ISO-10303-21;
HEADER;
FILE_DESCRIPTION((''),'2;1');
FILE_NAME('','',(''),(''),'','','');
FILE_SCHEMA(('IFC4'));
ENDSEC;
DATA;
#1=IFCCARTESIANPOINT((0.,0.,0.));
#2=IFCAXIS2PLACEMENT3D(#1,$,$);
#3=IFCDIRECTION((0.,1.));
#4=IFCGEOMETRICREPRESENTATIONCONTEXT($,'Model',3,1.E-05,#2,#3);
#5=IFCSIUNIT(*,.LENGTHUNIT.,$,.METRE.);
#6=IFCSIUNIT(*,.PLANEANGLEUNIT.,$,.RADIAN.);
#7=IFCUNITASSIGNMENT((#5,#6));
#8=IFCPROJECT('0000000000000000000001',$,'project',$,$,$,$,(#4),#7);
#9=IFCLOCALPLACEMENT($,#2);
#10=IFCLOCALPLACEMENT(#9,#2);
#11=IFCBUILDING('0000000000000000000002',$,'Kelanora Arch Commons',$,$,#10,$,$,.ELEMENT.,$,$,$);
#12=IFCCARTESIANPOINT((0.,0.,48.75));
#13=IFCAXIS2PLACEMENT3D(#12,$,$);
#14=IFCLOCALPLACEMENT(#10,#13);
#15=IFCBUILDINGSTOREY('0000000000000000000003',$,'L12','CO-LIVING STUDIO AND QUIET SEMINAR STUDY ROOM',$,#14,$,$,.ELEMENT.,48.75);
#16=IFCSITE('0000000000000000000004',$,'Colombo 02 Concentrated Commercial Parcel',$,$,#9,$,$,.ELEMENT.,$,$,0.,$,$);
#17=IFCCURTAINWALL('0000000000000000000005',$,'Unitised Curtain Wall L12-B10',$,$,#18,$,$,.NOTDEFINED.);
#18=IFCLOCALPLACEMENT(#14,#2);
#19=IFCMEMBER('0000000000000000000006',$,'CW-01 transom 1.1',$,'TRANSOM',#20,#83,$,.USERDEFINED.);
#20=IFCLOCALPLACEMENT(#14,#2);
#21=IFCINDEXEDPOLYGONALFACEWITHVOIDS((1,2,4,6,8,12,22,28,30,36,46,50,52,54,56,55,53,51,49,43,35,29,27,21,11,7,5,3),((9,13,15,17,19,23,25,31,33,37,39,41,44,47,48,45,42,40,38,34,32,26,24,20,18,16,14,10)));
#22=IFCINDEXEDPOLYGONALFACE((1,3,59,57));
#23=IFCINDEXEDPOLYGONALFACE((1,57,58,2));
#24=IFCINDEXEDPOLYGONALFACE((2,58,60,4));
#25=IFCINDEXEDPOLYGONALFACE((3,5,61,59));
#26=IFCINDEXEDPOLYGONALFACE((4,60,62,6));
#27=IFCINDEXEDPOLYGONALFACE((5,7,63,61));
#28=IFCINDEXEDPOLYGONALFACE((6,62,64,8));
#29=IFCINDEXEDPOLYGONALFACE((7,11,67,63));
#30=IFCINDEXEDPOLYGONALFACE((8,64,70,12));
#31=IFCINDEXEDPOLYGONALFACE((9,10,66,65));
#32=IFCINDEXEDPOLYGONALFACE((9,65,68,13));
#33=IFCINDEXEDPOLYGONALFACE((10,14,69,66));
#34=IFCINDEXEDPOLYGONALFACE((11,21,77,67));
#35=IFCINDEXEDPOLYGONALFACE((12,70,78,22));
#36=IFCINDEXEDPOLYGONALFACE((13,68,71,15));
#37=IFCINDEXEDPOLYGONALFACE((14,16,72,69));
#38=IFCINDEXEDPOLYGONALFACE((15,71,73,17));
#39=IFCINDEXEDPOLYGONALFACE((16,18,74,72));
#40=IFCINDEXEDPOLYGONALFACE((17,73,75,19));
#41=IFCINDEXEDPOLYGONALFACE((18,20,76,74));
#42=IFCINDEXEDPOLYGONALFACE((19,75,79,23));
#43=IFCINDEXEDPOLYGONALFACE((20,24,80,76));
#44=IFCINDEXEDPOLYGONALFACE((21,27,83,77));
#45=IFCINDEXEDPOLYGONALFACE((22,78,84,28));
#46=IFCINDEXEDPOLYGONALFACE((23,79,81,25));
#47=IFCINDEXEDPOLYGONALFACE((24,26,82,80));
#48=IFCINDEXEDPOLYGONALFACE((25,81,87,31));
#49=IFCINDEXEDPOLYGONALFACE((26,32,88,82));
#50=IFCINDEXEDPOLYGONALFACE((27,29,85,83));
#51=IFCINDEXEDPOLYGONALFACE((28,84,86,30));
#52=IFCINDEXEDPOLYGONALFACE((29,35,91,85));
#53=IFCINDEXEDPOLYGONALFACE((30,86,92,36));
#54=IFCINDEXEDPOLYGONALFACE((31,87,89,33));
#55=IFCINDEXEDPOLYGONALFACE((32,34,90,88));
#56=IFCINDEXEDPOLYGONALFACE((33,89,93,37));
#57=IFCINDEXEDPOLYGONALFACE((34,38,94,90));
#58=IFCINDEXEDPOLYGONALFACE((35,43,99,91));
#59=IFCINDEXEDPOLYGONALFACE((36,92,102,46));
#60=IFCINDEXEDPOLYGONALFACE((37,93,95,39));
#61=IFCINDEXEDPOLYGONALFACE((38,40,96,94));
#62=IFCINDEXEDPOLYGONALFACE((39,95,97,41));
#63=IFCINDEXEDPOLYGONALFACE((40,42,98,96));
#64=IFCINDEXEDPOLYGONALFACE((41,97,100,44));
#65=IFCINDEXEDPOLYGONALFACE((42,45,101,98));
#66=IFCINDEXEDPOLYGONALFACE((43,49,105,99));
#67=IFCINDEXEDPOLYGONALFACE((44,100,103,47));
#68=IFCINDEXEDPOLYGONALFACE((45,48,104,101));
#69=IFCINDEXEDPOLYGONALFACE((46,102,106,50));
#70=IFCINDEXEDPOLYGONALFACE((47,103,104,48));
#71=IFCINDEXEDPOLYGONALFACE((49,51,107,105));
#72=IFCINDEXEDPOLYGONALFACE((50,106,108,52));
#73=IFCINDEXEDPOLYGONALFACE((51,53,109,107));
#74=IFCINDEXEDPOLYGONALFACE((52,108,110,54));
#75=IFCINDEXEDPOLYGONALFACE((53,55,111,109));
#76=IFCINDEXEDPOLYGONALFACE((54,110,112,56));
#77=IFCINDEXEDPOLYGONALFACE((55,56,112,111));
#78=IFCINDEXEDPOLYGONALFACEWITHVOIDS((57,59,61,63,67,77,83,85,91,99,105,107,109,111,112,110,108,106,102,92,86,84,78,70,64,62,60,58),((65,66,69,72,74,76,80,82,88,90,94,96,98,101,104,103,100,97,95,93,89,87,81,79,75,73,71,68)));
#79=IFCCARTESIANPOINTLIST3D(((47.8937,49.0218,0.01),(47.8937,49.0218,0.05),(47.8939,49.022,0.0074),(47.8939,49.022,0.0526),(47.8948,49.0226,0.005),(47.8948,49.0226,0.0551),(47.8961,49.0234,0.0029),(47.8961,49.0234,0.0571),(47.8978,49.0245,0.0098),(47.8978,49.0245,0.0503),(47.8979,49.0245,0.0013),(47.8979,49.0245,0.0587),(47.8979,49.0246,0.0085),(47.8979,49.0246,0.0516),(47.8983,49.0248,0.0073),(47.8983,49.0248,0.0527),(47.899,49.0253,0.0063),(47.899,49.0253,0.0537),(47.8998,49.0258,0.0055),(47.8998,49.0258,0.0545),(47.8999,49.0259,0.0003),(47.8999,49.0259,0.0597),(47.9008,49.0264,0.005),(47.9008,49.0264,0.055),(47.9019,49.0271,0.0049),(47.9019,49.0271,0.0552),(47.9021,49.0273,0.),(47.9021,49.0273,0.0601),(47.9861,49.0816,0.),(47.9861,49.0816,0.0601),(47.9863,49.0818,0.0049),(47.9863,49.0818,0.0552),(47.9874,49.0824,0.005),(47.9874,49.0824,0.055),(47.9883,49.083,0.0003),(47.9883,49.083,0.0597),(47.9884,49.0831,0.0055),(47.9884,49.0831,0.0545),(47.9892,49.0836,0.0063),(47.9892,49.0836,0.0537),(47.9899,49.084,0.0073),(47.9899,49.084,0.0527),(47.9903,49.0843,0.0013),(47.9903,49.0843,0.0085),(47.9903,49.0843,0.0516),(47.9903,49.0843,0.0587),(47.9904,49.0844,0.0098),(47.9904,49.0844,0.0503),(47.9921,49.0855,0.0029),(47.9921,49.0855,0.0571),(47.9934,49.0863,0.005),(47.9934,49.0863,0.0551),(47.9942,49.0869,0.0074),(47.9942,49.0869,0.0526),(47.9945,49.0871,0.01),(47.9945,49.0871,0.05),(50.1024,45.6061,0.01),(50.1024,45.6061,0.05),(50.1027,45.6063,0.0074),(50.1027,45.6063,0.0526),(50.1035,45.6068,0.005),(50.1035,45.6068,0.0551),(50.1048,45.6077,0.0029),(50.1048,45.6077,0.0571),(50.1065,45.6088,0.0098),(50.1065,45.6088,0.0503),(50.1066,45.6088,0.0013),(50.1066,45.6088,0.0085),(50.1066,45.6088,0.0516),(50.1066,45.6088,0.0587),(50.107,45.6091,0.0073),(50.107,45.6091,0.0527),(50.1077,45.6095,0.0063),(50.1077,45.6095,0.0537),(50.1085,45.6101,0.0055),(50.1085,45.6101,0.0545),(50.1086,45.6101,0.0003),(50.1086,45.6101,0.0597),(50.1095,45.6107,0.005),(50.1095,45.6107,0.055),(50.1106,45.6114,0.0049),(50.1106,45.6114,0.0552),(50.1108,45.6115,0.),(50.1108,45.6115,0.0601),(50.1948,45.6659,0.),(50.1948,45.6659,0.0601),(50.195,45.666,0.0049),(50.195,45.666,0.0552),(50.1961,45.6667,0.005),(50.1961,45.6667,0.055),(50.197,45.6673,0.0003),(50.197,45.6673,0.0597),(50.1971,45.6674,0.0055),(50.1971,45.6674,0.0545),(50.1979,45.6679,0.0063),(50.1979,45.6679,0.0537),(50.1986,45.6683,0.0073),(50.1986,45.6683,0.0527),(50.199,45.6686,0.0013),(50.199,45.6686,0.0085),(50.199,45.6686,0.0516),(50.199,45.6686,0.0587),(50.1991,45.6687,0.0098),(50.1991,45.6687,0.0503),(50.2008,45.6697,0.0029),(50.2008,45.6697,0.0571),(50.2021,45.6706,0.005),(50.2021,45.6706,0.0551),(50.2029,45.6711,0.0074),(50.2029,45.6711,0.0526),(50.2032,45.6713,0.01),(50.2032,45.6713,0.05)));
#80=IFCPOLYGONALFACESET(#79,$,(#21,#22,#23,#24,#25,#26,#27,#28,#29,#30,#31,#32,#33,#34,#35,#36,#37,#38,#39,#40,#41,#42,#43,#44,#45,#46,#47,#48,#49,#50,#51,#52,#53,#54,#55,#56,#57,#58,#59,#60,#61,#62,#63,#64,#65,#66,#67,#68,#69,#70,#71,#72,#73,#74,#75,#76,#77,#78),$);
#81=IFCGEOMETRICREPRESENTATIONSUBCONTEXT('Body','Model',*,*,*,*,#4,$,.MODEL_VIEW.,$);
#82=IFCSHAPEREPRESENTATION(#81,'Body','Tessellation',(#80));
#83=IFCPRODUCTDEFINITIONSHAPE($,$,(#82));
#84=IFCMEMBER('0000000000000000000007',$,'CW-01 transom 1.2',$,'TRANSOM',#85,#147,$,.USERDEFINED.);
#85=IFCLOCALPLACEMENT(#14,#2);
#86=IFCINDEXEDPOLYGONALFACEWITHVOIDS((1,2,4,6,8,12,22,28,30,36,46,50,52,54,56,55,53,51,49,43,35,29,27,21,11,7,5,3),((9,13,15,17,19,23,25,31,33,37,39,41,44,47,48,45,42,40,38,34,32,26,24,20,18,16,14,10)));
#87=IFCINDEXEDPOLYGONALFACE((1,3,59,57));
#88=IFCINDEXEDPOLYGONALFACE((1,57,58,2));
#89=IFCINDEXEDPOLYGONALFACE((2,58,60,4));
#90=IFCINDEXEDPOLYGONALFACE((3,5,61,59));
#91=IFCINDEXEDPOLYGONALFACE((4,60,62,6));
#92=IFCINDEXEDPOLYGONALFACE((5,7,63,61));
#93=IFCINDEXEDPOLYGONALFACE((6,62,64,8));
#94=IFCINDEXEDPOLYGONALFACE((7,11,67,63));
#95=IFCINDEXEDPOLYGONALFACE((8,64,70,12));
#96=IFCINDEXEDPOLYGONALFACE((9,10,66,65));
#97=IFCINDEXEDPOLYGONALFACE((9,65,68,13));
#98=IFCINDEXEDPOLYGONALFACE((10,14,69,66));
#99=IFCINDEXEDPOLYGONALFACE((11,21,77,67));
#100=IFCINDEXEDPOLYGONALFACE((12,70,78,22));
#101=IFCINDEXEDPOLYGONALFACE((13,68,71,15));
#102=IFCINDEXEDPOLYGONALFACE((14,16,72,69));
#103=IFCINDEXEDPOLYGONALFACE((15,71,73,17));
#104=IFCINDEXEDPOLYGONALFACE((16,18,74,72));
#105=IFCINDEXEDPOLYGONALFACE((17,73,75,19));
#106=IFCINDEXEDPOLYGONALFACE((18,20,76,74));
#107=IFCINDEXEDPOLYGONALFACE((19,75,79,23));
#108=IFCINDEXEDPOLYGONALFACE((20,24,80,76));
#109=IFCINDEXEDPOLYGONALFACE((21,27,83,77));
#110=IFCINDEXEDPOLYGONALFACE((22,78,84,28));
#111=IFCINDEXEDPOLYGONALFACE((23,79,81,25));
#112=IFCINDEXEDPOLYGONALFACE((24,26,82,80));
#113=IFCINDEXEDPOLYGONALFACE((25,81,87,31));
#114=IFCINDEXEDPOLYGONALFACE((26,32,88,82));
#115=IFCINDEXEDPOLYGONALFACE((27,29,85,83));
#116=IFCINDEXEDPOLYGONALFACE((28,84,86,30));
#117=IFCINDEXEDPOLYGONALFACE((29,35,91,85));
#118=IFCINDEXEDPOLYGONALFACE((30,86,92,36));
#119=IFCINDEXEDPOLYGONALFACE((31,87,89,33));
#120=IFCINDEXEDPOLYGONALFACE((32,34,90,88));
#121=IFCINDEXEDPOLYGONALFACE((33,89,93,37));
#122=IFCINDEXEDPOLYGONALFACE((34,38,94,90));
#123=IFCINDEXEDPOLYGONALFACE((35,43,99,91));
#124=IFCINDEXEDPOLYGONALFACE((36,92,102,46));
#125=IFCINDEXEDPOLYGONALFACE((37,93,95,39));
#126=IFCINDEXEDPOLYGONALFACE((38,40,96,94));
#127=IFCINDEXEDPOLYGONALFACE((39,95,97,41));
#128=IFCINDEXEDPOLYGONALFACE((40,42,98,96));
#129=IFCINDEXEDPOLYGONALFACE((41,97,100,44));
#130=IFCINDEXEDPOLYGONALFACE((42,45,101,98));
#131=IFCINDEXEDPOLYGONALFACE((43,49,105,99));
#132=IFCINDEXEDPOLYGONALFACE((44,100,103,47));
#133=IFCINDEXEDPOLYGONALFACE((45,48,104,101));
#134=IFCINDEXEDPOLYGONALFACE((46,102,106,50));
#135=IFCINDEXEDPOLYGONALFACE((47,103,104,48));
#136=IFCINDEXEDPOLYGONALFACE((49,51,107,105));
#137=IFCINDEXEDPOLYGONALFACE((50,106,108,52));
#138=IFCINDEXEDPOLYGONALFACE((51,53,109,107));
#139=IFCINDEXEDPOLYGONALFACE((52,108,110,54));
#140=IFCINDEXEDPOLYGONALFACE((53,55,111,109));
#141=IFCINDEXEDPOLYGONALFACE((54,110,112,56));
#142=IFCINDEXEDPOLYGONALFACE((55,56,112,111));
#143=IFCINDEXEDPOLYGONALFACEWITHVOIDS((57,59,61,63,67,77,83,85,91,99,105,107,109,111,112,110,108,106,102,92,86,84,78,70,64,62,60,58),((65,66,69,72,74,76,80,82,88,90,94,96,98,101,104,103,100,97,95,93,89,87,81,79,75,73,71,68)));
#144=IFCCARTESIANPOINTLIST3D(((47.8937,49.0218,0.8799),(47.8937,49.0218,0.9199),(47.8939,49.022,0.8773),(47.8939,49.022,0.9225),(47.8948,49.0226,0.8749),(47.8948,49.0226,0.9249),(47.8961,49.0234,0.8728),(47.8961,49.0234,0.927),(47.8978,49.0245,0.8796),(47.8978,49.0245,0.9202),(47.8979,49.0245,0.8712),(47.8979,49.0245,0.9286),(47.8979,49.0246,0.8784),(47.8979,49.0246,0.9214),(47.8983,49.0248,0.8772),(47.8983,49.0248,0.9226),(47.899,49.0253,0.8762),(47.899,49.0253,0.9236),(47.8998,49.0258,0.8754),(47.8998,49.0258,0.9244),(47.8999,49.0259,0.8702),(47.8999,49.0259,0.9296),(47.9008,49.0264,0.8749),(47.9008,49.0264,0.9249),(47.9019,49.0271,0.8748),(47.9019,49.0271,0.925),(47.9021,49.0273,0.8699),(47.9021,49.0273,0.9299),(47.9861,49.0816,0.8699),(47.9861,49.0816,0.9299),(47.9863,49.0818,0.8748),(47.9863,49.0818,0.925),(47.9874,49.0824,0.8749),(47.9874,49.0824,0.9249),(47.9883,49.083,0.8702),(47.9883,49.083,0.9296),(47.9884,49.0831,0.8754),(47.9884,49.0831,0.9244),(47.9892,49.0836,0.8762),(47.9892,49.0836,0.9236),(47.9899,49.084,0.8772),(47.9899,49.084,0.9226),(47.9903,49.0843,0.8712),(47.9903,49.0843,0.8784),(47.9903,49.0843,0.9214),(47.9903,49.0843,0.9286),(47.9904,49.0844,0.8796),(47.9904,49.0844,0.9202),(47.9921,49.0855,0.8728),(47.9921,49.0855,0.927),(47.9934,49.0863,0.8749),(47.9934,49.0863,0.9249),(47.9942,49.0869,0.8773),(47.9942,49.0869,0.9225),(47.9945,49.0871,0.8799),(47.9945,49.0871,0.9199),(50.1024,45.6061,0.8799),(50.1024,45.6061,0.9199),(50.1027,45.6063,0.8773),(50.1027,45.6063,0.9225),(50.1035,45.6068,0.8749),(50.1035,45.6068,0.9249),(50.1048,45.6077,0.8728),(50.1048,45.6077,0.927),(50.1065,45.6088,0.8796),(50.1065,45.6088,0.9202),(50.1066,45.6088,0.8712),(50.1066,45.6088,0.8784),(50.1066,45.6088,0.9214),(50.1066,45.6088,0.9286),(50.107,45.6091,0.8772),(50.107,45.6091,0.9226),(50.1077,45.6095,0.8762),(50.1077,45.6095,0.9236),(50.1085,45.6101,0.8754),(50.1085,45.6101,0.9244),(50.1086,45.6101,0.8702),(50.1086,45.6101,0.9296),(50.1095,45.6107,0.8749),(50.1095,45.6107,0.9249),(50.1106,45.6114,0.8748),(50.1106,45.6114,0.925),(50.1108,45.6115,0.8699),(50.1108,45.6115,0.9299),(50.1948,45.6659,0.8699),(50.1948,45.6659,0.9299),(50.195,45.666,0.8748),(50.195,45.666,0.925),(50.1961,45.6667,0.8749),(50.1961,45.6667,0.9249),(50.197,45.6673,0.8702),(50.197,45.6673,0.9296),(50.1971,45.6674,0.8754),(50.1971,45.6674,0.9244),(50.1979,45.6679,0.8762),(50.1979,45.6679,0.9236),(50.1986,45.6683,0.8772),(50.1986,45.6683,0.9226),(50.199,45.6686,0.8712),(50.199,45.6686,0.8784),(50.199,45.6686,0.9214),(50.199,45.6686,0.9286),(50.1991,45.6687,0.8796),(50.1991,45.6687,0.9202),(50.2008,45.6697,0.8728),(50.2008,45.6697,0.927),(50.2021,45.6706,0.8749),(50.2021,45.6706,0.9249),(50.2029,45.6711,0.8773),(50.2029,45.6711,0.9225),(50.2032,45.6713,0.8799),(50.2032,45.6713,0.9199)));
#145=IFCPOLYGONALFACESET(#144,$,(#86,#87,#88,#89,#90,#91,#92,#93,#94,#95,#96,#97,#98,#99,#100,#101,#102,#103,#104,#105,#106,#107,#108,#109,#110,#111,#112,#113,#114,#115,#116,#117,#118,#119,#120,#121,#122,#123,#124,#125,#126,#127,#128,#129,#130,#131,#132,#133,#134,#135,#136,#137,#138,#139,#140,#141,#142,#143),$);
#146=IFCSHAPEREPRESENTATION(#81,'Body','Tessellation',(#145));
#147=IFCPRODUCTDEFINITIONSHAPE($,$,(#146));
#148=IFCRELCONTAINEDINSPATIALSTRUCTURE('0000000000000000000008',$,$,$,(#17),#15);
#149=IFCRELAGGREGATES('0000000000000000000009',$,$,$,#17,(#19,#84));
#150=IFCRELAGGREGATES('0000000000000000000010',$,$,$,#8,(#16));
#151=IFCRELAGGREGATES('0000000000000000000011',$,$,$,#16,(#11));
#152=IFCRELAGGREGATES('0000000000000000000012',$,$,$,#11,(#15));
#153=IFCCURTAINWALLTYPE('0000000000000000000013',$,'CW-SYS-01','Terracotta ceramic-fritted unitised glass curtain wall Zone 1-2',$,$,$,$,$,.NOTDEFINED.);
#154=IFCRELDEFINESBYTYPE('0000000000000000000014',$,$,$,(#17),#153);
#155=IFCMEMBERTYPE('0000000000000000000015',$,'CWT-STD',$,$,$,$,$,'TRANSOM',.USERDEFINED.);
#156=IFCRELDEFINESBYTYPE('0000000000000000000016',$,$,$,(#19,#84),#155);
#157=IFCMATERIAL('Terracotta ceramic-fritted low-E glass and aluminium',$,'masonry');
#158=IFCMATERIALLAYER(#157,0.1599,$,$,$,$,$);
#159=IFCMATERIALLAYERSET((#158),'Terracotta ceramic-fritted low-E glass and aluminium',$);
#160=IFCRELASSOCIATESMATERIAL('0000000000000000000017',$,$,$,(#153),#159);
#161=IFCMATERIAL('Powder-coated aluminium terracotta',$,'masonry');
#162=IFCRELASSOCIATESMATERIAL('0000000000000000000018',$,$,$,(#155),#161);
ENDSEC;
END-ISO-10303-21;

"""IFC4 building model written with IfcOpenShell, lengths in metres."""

from ifc_helpers import new_model, si_unit, direction, frame, origin, origin_2d, place, context, subcontext, project, spatial, hollow_rectangle, extrude, material, layer, layer_set, material_profile, profile_set, type_object, element, aggregate, save


model = new_model("IFC4")

# Units and contexts
model_context = context("Model", 3, precision=1e-05, world=origin(), true_north=direction((0.0, 1.0)))
body_context = subcontext(model_context, "Body", "Model", "MODEL_VIEW")
ifc_project = project(units=[si_unit("LENGTHUNIT", "METRE"), si_unit("PLANEANGLEUNIT", "RADIAN")], contexts=[model_context])

# Site, building, storey
site_placement = place(None, origin())
site = spatial("IfcSite", under=ifc_project, at=site_placement, Name="Colombo 02 Concentrated Commercial Parcel", CompositionType="ELEMENT", RefElevation=0.0)
building_placement = place(site_placement, origin())
building = spatial("IfcBuilding", under=site, at=building_placement, Name="Kelanora Arch Commons", CompositionType="ELEMENT")
storey_placement = place(building_placement, frame((0.0, 0.0, 48.75)))
storey = spatial("IfcBuildingStorey", under=building, at=storey_placement, Name="L12", Description="CO-LIVING STUDIO AND QUIET SEMINAR STUDY ROOM", CompositionType="ELEMENT", Elevation=48.75)

# Shared definitions
ifc_material_1 = material(Name="Terracotta ceramic-fritted low-E glass and aluminium", Category="masonry")
ifc_layer_1 = layer(ifc_material_1, 0.1599)
ifc_layer_set_1 = layer_set([ifc_layer_1], Name="Terracotta ceramic-fritted low-E glass and aluminium")
curtain_wall_type = type_object("IfcCurtainWallType", Name="CW-SYS-01", Description="Terracotta ceramic-fritted unitised glass curtain wall Zone 1-2", PredefinedType="NOTDEFINED", material=ifc_layer_set_1)
ifc_material_2 = material(Name="Powder-coated aluminium terracotta", Category="masonry")

# Curtain wall, members
curtain_wall_1_placement = place(storey_placement, origin())
curtain_wall_1 = element("IfcCurtainWall", 1, at=curtain_wall_1_placement, inside=storey, type_object=curtain_wall_type, Name="Unitised Curtain Wall L12-B10", PredefinedType="NOTDEFINED")
ifc_material_profile_1 = material_profile(ifc_material_2, hollow_rectangle(XDim=0.1201, YDim=0.0601, WallThickness=0.0049, InnerFilletRadius=0.0049, OuterFilletRadius=0.01, at=origin_2d()), Name="CWT120x60")
ifc_profile_set_1 = profile_set([ifc_material_profile_1], Name="Powder-coated aluminium terracotta")
member_type_1 = type_object("IfcMemberType", Name="CWT-STD", ElementType="TRANSOM", PredefinedType="USERDEFINED", material=ifc_profile_set_1)
member_1_placement = place(storey_placement, frame((47.9441, 49.0544, 0.03), z_axis=(0.542997, -0.839734, 0.0), x_axis=(0.839734, 0.542997, 0.0)))
member_1 = element("IfcMember", 2, at=member_1_placement, type_object=member_type_1, Name="CW-01 transom 1.1", ObjectType="TRANSOM", PredefinedType="USERDEFINED", context=body_context, shape_type="SweptSolid", body=[
    extrude(hollow_rectangle(XDim=0.1201, YDim=0.0601, WallThickness=0.0049, InnerFilletRadius=0.0049, OuterFilletRadius=0.01, at=origin_2d()), origin(), (0.0, 0.0, 1.0), 4.0676),
])
member_2_placement = place(storey_placement, frame((47.9441, 49.0544, 0.8999), z_axis=(0.542997, -0.839734, 0.0), x_axis=(0.839734, 0.542997, 0.0)))
member_2 = element("IfcMember", 3, at=member_2_placement, type_object=member_type_1, Name="CW-01 transom 1.2", ObjectType="TRANSOM", PredefinedType="USERDEFINED", context=body_context, shape_type="SweptSolid", body=[
    extrude(hollow_rectangle(XDim=0.1201, YDim=0.0601, WallThickness=0.0049, InnerFilletRadius=0.0049, OuterFilletRadius=0.01, at=origin_2d()), origin(), (0.0, 0.0, 1.0), 4.0676),
])

aggregate(curtain_wall_1, [member_1, member_2])

save(model, "model.ifc")
